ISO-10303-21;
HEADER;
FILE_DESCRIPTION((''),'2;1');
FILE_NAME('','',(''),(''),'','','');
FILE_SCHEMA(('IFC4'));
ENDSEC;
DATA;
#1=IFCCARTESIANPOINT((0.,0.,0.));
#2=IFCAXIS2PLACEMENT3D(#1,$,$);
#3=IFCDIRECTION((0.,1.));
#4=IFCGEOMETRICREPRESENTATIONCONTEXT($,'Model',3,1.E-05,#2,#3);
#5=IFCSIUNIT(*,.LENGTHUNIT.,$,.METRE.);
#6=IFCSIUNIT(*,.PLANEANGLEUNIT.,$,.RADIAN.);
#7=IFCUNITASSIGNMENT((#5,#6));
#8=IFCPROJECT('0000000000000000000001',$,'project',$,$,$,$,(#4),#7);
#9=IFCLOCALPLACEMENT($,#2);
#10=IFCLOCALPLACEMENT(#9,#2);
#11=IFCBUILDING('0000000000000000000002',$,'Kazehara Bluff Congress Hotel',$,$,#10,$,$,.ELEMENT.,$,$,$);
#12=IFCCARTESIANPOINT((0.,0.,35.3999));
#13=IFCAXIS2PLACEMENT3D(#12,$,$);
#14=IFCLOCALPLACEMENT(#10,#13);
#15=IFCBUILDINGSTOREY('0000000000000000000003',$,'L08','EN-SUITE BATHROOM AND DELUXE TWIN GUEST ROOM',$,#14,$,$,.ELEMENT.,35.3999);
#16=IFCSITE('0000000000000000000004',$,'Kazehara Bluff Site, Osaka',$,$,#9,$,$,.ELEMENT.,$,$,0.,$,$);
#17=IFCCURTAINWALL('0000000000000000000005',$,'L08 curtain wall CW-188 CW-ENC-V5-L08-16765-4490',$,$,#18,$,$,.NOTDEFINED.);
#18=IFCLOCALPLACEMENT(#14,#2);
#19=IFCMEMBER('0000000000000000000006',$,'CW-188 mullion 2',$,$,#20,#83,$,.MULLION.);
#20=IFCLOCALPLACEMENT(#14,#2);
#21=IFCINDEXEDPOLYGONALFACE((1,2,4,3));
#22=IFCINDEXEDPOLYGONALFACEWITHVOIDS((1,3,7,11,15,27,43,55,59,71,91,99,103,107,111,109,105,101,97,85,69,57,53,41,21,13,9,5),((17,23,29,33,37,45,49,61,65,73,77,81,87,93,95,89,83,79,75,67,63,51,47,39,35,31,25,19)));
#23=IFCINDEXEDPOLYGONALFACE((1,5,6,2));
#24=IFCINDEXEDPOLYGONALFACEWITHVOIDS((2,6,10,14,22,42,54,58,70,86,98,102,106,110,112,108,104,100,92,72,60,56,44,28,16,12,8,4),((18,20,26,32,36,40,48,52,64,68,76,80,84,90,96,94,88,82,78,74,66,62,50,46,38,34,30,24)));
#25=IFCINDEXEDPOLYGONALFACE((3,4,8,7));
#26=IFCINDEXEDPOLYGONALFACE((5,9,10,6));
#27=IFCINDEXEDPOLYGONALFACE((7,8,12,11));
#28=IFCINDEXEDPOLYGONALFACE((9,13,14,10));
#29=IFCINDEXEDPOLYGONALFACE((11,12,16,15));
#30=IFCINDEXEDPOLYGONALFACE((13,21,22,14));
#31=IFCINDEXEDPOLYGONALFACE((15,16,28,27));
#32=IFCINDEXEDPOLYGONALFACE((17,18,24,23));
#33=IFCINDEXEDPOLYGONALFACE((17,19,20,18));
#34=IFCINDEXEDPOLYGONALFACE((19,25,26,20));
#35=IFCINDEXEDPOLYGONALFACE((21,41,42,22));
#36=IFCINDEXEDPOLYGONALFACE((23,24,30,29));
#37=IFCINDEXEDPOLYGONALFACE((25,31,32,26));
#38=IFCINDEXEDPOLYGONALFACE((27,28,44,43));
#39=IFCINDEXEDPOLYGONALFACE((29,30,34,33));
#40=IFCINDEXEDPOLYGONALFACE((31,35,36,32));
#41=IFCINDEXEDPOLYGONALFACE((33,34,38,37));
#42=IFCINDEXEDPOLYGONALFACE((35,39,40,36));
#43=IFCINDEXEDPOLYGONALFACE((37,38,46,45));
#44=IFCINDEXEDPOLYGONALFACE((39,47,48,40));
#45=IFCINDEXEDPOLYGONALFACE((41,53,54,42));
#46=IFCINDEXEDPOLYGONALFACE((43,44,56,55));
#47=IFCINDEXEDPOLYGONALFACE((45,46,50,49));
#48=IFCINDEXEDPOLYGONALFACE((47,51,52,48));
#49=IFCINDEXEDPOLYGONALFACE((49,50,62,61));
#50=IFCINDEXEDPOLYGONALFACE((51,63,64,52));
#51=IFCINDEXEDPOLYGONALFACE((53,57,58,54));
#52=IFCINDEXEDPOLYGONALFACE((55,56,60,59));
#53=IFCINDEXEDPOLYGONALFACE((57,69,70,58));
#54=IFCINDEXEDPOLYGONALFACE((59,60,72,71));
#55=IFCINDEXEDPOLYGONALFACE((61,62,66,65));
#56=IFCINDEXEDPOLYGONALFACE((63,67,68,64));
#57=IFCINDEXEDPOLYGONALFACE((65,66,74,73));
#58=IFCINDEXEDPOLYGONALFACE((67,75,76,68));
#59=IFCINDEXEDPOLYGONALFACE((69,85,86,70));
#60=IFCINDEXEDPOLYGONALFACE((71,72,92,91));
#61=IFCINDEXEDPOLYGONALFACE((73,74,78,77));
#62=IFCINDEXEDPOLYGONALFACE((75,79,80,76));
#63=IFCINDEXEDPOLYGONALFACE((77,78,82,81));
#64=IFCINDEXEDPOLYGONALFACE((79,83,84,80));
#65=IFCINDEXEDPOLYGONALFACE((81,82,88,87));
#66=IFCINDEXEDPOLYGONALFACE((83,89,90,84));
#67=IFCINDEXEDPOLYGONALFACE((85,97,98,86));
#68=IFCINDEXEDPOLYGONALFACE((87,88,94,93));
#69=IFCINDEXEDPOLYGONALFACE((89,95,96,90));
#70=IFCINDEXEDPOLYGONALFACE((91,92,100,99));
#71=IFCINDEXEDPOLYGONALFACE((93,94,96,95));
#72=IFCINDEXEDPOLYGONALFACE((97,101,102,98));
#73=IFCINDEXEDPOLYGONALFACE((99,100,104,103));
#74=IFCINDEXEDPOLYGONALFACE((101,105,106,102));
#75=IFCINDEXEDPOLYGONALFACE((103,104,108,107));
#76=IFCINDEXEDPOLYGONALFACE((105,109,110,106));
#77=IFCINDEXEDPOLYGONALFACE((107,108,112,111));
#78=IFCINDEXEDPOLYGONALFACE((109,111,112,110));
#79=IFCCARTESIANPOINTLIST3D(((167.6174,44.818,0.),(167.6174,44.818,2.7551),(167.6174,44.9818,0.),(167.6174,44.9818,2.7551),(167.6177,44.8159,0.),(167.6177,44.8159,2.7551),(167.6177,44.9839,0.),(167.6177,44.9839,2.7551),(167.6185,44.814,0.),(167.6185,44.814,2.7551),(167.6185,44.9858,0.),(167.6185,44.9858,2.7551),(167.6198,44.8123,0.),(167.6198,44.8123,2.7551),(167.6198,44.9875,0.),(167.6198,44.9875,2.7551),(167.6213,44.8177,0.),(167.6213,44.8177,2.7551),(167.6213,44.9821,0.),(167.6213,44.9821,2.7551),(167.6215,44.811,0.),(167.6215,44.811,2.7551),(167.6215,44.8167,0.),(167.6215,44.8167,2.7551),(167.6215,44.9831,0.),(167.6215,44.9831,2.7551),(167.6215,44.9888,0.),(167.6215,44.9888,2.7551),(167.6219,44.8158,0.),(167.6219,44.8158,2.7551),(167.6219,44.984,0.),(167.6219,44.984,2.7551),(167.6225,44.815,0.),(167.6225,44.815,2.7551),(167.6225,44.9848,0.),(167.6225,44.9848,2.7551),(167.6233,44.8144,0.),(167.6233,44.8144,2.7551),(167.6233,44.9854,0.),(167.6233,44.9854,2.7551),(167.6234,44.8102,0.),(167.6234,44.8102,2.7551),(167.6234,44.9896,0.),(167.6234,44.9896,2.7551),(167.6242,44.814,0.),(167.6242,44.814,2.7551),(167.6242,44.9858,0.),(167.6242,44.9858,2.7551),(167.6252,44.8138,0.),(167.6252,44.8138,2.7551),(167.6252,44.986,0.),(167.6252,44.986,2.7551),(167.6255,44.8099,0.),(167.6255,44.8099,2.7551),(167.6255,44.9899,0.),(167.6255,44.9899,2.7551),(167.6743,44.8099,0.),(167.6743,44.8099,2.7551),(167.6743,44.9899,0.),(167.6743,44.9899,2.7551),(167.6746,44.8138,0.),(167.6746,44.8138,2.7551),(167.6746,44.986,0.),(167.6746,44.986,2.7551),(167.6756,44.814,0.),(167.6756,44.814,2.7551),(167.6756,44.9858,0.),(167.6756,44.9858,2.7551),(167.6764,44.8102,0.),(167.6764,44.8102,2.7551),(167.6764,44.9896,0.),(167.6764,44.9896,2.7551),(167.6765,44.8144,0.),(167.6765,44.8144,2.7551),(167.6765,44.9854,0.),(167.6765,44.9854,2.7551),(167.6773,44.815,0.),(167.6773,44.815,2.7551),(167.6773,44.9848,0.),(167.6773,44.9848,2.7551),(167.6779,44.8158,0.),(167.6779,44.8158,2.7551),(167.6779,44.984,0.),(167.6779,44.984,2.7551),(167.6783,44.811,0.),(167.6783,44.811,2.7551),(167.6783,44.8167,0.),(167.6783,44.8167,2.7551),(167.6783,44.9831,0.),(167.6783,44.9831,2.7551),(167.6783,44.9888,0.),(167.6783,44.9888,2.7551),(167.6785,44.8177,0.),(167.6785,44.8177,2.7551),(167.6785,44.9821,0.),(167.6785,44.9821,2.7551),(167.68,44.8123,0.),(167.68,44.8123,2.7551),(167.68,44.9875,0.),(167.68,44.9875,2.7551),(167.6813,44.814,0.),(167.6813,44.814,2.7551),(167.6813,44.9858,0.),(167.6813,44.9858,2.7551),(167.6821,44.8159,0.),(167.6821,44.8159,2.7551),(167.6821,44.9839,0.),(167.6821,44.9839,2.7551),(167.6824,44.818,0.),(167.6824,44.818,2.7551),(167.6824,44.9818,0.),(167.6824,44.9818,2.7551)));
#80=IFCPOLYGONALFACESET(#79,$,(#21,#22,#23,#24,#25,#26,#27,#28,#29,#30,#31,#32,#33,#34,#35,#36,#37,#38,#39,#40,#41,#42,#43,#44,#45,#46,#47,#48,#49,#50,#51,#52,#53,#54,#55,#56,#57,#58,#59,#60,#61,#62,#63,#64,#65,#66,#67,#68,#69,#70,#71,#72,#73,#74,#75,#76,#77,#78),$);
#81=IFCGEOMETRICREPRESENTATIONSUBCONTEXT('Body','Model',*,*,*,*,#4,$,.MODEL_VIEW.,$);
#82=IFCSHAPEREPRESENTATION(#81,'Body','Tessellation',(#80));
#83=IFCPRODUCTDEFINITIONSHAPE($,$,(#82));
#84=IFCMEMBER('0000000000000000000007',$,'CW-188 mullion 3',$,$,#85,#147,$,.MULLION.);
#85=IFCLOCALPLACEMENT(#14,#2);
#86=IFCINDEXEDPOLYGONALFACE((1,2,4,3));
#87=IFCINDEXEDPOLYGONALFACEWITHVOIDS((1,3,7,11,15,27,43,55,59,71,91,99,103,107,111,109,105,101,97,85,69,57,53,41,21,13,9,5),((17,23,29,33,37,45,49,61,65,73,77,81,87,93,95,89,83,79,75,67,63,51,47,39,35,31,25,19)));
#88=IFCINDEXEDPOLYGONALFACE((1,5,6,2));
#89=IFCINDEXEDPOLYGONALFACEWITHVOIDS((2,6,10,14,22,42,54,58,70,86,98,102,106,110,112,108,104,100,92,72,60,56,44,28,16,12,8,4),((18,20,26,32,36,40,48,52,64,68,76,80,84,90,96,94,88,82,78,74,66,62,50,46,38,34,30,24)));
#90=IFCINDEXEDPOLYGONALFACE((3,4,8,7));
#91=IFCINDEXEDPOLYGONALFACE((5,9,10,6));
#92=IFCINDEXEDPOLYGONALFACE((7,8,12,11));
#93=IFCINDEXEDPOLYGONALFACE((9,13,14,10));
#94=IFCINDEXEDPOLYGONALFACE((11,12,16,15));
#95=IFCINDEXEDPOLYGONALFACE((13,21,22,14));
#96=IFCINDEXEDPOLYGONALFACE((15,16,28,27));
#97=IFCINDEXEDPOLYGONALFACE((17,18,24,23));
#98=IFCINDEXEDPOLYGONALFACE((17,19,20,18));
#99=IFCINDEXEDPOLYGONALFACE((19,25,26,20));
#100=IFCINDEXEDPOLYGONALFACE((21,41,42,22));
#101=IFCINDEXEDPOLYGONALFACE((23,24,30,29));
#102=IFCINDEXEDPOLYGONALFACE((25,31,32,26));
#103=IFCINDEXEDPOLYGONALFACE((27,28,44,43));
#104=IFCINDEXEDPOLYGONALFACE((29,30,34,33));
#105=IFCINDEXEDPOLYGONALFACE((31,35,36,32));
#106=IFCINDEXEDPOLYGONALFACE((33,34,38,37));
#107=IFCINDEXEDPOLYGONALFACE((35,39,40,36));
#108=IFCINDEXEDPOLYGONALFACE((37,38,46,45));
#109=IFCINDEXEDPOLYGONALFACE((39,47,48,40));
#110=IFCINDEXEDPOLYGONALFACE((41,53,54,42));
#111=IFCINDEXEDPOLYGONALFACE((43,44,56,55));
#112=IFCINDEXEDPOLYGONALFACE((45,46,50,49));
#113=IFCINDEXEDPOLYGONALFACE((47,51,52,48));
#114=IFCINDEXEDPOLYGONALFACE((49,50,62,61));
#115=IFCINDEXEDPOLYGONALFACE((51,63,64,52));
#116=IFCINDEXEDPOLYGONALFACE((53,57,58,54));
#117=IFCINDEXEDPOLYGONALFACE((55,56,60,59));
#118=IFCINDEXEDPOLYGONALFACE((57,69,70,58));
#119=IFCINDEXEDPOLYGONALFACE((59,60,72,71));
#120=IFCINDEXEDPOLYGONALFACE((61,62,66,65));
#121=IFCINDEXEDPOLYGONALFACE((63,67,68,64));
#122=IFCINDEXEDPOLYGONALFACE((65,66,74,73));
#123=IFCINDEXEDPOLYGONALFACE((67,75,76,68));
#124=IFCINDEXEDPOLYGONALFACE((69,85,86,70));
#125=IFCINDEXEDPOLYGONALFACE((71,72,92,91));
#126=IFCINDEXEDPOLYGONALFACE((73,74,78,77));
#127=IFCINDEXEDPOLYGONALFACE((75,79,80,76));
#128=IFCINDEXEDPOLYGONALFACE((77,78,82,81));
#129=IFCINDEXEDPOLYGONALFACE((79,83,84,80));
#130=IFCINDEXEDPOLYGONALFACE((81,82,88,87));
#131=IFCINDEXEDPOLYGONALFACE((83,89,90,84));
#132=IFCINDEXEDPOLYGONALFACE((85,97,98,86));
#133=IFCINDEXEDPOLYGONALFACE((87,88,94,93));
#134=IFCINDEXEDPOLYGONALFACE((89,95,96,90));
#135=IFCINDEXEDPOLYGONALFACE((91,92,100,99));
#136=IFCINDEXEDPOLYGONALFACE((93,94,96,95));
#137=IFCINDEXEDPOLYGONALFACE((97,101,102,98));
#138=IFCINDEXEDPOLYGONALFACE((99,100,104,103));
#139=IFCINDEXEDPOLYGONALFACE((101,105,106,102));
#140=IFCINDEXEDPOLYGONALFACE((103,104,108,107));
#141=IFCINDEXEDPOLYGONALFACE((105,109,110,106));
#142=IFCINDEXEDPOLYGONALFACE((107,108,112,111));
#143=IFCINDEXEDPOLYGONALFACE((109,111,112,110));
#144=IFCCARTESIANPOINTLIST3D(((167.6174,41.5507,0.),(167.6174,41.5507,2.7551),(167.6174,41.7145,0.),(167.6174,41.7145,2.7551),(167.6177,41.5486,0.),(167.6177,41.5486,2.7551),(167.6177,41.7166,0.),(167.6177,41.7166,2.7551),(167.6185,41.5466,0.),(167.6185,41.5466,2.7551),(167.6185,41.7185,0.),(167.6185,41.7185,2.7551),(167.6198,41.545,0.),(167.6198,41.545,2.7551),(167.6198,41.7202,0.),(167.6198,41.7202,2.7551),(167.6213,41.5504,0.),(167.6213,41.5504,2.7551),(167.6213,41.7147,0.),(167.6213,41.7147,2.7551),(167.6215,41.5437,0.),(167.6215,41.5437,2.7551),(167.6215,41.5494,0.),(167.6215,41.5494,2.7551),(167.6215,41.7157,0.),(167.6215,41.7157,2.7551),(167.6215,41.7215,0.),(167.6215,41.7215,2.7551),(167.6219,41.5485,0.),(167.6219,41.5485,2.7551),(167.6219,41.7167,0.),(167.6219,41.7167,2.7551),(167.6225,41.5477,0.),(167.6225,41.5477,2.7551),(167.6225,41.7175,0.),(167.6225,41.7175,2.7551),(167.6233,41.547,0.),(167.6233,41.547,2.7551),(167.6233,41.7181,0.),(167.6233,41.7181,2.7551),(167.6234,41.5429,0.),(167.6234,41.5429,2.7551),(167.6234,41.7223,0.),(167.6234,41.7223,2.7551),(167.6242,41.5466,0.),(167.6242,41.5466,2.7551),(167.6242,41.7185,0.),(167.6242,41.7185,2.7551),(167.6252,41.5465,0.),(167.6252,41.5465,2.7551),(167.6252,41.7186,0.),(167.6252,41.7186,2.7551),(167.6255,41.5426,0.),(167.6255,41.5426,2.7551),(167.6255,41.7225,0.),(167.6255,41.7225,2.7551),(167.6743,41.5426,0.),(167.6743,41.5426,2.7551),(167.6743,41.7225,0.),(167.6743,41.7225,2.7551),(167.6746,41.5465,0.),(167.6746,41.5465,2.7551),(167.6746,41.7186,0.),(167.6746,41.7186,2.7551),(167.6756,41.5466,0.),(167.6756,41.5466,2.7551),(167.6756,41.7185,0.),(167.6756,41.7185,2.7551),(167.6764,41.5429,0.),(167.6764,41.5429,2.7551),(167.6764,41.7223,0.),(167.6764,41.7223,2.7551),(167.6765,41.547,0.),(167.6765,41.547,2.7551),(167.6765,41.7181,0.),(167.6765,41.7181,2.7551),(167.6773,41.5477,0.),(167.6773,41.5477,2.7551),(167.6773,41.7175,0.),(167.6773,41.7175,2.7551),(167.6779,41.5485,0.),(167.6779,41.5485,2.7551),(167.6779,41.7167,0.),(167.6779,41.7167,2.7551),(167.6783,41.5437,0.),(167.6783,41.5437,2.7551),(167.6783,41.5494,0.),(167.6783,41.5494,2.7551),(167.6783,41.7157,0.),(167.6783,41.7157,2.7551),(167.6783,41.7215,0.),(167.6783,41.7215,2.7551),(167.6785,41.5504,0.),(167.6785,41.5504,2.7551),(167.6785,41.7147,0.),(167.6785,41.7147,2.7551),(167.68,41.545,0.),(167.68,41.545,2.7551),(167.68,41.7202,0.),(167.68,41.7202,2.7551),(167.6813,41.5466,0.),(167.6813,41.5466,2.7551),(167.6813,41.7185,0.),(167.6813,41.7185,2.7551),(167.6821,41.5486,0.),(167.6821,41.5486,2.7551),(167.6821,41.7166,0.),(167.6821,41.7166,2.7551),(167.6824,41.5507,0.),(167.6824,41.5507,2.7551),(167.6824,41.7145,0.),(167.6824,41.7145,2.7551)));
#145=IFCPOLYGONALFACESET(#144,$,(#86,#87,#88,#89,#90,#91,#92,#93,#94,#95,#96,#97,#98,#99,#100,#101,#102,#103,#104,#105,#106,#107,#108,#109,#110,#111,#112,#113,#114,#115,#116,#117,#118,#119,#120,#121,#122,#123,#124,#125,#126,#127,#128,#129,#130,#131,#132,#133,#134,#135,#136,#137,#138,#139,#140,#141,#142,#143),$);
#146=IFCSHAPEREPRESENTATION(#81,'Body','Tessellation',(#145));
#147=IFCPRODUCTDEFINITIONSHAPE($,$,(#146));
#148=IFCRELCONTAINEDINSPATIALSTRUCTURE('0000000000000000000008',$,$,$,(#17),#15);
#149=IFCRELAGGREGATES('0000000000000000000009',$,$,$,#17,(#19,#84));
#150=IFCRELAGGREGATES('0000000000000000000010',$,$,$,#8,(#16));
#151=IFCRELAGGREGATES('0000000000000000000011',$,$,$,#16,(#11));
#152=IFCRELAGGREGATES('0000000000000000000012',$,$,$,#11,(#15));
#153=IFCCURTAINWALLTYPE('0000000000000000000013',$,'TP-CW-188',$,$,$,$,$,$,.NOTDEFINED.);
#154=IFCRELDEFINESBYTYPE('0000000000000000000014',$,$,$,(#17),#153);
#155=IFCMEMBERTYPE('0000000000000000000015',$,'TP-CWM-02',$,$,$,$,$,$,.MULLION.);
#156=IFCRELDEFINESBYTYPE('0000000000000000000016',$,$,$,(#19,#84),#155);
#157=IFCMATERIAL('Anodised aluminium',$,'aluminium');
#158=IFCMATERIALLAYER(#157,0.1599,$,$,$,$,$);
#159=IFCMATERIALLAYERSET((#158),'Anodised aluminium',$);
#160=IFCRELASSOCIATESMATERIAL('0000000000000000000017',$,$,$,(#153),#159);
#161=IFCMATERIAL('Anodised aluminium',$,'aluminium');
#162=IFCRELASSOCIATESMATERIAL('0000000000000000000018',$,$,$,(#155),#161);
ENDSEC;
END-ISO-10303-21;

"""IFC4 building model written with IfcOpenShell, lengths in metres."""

from ifc_helpers import new_model, si_unit, direction, frame, origin, origin_2d, place, context, subcontext, project, spatial, hollow_rectangle, extrude, material, layer, layer_set, material_profile, profile_set, type_object, element, aggregate, save


model = new_model("IFC4")

# Units and contexts
model_context = context("Model", 3, precision=1e-05, world=origin(), true_north=direction((0.0, 1.0)))
body_context = subcontext(model_context, "Body", "Model", "MODEL_VIEW")
ifc_project = project(units=[si_unit("LENGTHUNIT", "METRE"), si_unit("PLANEANGLEUNIT", "RADIAN")], contexts=[model_context])

# Site, building, storey
site_placement = place(None, origin())
site = spatial("IfcSite", under=ifc_project, at=site_placement, Name="Kazehara Bluff Site, Osaka", CompositionType="ELEMENT", RefElevation=0.0)
building_placement = place(site_placement, origin())
building = spatial("IfcBuilding", under=site, at=building_placement, Name="Kazehara Bluff Congress Hotel", CompositionType="ELEMENT")
storey_placement = place(building_placement, frame((0.0, 0.0, 35.3999)))
storey = spatial("IfcBuildingStorey", under=building, at=storey_placement, Name="L08", Description="EN-SUITE BATHROOM AND DELUXE TWIN GUEST ROOM", CompositionType="ELEMENT", Elevation=35.3999)

# Curtain wall, members
ifc_material_1 = material(Name="Anodised aluminium", Category="aluminium")
ifc_layer_1 = layer(ifc_material_1, 0.1599)
ifc_layer_set_1 = layer_set([ifc_layer_1], Name="Anodised aluminium")
curtain_wall_type = type_object("IfcCurtainWallType", Name="TP-CW-188", PredefinedType="NOTDEFINED", material=ifc_layer_set_1)
curtain_wall_placement = place(storey_placement, origin())
curtain_wall = element("IfcCurtainWall", 1, at=curtain_wall_placement, inside=storey, type_object=curtain_wall_type, Name="L08 curtain wall CW-188 CW-ENC-V5-L08-16765-4490", PredefinedType="NOTDEFINED")
ifc_material_2 = material(Name="Anodised aluminium", Category="aluminium")
ifc_material_profile_1 = material_profile(ifc_material_2, hollow_rectangle(XDim=0.0649, YDim=0.1799, WallThickness=0.0039, InnerFilletRadius=0.0039, OuterFilletRadius=0.0081, at=origin_2d()))
ifc_profile_set_1 = profile_set([ifc_material_profile_1], Name="Anodised aluminium")
member_type_1 = type_object("IfcMemberType", Name="TP-CWM-02", PredefinedType="MULLION", material=ifc_profile_set_1)
member_1_placement = place(storey_placement, frame((167.6499, 44.8999, 0.0), z_axis=(0.0, 0.0, 1.0), x_axis=(1.0, 0.0, 0.0)))
member_1 = element("IfcMember", 2, at=member_1_placement, type_object=member_type_1, Name="CW-188 mullion 2", PredefinedType="MULLION", context=body_context, shape_type="SweptSolid", body=[
    extrude(hollow_rectangle(XDim=0.0649, YDim=0.1799, WallThickness=0.0039, InnerFilletRadius=0.0039, OuterFilletRadius=0.0081, at=origin_2d()), origin(), (0.0, 0.0, 1.0), 2.7551),
])
member_2_placement = place(storey_placement, frame((167.6499, 41.6326, 0.0), z_axis=(0.0, 0.0, 1.0), x_axis=(1.0, 0.0, 0.0)))
member_2 = element("IfcMember", 3, at=member_2_placement, type_object=member_type_1, Name="CW-188 mullion 3", PredefinedType="MULLION", context=body_context, shape_type="SweptSolid", body=[
    extrude(hollow_rectangle(XDim=0.0649, YDim=0.1799, WallThickness=0.0039, InnerFilletRadius=0.0039, OuterFilletRadius=0.0081, at=origin_2d()), origin(), (0.0, 0.0, 1.0), 2.7551),
])
aggregate(curtain_wall, [member_1, member_2])

save(model, "model.ifc")
